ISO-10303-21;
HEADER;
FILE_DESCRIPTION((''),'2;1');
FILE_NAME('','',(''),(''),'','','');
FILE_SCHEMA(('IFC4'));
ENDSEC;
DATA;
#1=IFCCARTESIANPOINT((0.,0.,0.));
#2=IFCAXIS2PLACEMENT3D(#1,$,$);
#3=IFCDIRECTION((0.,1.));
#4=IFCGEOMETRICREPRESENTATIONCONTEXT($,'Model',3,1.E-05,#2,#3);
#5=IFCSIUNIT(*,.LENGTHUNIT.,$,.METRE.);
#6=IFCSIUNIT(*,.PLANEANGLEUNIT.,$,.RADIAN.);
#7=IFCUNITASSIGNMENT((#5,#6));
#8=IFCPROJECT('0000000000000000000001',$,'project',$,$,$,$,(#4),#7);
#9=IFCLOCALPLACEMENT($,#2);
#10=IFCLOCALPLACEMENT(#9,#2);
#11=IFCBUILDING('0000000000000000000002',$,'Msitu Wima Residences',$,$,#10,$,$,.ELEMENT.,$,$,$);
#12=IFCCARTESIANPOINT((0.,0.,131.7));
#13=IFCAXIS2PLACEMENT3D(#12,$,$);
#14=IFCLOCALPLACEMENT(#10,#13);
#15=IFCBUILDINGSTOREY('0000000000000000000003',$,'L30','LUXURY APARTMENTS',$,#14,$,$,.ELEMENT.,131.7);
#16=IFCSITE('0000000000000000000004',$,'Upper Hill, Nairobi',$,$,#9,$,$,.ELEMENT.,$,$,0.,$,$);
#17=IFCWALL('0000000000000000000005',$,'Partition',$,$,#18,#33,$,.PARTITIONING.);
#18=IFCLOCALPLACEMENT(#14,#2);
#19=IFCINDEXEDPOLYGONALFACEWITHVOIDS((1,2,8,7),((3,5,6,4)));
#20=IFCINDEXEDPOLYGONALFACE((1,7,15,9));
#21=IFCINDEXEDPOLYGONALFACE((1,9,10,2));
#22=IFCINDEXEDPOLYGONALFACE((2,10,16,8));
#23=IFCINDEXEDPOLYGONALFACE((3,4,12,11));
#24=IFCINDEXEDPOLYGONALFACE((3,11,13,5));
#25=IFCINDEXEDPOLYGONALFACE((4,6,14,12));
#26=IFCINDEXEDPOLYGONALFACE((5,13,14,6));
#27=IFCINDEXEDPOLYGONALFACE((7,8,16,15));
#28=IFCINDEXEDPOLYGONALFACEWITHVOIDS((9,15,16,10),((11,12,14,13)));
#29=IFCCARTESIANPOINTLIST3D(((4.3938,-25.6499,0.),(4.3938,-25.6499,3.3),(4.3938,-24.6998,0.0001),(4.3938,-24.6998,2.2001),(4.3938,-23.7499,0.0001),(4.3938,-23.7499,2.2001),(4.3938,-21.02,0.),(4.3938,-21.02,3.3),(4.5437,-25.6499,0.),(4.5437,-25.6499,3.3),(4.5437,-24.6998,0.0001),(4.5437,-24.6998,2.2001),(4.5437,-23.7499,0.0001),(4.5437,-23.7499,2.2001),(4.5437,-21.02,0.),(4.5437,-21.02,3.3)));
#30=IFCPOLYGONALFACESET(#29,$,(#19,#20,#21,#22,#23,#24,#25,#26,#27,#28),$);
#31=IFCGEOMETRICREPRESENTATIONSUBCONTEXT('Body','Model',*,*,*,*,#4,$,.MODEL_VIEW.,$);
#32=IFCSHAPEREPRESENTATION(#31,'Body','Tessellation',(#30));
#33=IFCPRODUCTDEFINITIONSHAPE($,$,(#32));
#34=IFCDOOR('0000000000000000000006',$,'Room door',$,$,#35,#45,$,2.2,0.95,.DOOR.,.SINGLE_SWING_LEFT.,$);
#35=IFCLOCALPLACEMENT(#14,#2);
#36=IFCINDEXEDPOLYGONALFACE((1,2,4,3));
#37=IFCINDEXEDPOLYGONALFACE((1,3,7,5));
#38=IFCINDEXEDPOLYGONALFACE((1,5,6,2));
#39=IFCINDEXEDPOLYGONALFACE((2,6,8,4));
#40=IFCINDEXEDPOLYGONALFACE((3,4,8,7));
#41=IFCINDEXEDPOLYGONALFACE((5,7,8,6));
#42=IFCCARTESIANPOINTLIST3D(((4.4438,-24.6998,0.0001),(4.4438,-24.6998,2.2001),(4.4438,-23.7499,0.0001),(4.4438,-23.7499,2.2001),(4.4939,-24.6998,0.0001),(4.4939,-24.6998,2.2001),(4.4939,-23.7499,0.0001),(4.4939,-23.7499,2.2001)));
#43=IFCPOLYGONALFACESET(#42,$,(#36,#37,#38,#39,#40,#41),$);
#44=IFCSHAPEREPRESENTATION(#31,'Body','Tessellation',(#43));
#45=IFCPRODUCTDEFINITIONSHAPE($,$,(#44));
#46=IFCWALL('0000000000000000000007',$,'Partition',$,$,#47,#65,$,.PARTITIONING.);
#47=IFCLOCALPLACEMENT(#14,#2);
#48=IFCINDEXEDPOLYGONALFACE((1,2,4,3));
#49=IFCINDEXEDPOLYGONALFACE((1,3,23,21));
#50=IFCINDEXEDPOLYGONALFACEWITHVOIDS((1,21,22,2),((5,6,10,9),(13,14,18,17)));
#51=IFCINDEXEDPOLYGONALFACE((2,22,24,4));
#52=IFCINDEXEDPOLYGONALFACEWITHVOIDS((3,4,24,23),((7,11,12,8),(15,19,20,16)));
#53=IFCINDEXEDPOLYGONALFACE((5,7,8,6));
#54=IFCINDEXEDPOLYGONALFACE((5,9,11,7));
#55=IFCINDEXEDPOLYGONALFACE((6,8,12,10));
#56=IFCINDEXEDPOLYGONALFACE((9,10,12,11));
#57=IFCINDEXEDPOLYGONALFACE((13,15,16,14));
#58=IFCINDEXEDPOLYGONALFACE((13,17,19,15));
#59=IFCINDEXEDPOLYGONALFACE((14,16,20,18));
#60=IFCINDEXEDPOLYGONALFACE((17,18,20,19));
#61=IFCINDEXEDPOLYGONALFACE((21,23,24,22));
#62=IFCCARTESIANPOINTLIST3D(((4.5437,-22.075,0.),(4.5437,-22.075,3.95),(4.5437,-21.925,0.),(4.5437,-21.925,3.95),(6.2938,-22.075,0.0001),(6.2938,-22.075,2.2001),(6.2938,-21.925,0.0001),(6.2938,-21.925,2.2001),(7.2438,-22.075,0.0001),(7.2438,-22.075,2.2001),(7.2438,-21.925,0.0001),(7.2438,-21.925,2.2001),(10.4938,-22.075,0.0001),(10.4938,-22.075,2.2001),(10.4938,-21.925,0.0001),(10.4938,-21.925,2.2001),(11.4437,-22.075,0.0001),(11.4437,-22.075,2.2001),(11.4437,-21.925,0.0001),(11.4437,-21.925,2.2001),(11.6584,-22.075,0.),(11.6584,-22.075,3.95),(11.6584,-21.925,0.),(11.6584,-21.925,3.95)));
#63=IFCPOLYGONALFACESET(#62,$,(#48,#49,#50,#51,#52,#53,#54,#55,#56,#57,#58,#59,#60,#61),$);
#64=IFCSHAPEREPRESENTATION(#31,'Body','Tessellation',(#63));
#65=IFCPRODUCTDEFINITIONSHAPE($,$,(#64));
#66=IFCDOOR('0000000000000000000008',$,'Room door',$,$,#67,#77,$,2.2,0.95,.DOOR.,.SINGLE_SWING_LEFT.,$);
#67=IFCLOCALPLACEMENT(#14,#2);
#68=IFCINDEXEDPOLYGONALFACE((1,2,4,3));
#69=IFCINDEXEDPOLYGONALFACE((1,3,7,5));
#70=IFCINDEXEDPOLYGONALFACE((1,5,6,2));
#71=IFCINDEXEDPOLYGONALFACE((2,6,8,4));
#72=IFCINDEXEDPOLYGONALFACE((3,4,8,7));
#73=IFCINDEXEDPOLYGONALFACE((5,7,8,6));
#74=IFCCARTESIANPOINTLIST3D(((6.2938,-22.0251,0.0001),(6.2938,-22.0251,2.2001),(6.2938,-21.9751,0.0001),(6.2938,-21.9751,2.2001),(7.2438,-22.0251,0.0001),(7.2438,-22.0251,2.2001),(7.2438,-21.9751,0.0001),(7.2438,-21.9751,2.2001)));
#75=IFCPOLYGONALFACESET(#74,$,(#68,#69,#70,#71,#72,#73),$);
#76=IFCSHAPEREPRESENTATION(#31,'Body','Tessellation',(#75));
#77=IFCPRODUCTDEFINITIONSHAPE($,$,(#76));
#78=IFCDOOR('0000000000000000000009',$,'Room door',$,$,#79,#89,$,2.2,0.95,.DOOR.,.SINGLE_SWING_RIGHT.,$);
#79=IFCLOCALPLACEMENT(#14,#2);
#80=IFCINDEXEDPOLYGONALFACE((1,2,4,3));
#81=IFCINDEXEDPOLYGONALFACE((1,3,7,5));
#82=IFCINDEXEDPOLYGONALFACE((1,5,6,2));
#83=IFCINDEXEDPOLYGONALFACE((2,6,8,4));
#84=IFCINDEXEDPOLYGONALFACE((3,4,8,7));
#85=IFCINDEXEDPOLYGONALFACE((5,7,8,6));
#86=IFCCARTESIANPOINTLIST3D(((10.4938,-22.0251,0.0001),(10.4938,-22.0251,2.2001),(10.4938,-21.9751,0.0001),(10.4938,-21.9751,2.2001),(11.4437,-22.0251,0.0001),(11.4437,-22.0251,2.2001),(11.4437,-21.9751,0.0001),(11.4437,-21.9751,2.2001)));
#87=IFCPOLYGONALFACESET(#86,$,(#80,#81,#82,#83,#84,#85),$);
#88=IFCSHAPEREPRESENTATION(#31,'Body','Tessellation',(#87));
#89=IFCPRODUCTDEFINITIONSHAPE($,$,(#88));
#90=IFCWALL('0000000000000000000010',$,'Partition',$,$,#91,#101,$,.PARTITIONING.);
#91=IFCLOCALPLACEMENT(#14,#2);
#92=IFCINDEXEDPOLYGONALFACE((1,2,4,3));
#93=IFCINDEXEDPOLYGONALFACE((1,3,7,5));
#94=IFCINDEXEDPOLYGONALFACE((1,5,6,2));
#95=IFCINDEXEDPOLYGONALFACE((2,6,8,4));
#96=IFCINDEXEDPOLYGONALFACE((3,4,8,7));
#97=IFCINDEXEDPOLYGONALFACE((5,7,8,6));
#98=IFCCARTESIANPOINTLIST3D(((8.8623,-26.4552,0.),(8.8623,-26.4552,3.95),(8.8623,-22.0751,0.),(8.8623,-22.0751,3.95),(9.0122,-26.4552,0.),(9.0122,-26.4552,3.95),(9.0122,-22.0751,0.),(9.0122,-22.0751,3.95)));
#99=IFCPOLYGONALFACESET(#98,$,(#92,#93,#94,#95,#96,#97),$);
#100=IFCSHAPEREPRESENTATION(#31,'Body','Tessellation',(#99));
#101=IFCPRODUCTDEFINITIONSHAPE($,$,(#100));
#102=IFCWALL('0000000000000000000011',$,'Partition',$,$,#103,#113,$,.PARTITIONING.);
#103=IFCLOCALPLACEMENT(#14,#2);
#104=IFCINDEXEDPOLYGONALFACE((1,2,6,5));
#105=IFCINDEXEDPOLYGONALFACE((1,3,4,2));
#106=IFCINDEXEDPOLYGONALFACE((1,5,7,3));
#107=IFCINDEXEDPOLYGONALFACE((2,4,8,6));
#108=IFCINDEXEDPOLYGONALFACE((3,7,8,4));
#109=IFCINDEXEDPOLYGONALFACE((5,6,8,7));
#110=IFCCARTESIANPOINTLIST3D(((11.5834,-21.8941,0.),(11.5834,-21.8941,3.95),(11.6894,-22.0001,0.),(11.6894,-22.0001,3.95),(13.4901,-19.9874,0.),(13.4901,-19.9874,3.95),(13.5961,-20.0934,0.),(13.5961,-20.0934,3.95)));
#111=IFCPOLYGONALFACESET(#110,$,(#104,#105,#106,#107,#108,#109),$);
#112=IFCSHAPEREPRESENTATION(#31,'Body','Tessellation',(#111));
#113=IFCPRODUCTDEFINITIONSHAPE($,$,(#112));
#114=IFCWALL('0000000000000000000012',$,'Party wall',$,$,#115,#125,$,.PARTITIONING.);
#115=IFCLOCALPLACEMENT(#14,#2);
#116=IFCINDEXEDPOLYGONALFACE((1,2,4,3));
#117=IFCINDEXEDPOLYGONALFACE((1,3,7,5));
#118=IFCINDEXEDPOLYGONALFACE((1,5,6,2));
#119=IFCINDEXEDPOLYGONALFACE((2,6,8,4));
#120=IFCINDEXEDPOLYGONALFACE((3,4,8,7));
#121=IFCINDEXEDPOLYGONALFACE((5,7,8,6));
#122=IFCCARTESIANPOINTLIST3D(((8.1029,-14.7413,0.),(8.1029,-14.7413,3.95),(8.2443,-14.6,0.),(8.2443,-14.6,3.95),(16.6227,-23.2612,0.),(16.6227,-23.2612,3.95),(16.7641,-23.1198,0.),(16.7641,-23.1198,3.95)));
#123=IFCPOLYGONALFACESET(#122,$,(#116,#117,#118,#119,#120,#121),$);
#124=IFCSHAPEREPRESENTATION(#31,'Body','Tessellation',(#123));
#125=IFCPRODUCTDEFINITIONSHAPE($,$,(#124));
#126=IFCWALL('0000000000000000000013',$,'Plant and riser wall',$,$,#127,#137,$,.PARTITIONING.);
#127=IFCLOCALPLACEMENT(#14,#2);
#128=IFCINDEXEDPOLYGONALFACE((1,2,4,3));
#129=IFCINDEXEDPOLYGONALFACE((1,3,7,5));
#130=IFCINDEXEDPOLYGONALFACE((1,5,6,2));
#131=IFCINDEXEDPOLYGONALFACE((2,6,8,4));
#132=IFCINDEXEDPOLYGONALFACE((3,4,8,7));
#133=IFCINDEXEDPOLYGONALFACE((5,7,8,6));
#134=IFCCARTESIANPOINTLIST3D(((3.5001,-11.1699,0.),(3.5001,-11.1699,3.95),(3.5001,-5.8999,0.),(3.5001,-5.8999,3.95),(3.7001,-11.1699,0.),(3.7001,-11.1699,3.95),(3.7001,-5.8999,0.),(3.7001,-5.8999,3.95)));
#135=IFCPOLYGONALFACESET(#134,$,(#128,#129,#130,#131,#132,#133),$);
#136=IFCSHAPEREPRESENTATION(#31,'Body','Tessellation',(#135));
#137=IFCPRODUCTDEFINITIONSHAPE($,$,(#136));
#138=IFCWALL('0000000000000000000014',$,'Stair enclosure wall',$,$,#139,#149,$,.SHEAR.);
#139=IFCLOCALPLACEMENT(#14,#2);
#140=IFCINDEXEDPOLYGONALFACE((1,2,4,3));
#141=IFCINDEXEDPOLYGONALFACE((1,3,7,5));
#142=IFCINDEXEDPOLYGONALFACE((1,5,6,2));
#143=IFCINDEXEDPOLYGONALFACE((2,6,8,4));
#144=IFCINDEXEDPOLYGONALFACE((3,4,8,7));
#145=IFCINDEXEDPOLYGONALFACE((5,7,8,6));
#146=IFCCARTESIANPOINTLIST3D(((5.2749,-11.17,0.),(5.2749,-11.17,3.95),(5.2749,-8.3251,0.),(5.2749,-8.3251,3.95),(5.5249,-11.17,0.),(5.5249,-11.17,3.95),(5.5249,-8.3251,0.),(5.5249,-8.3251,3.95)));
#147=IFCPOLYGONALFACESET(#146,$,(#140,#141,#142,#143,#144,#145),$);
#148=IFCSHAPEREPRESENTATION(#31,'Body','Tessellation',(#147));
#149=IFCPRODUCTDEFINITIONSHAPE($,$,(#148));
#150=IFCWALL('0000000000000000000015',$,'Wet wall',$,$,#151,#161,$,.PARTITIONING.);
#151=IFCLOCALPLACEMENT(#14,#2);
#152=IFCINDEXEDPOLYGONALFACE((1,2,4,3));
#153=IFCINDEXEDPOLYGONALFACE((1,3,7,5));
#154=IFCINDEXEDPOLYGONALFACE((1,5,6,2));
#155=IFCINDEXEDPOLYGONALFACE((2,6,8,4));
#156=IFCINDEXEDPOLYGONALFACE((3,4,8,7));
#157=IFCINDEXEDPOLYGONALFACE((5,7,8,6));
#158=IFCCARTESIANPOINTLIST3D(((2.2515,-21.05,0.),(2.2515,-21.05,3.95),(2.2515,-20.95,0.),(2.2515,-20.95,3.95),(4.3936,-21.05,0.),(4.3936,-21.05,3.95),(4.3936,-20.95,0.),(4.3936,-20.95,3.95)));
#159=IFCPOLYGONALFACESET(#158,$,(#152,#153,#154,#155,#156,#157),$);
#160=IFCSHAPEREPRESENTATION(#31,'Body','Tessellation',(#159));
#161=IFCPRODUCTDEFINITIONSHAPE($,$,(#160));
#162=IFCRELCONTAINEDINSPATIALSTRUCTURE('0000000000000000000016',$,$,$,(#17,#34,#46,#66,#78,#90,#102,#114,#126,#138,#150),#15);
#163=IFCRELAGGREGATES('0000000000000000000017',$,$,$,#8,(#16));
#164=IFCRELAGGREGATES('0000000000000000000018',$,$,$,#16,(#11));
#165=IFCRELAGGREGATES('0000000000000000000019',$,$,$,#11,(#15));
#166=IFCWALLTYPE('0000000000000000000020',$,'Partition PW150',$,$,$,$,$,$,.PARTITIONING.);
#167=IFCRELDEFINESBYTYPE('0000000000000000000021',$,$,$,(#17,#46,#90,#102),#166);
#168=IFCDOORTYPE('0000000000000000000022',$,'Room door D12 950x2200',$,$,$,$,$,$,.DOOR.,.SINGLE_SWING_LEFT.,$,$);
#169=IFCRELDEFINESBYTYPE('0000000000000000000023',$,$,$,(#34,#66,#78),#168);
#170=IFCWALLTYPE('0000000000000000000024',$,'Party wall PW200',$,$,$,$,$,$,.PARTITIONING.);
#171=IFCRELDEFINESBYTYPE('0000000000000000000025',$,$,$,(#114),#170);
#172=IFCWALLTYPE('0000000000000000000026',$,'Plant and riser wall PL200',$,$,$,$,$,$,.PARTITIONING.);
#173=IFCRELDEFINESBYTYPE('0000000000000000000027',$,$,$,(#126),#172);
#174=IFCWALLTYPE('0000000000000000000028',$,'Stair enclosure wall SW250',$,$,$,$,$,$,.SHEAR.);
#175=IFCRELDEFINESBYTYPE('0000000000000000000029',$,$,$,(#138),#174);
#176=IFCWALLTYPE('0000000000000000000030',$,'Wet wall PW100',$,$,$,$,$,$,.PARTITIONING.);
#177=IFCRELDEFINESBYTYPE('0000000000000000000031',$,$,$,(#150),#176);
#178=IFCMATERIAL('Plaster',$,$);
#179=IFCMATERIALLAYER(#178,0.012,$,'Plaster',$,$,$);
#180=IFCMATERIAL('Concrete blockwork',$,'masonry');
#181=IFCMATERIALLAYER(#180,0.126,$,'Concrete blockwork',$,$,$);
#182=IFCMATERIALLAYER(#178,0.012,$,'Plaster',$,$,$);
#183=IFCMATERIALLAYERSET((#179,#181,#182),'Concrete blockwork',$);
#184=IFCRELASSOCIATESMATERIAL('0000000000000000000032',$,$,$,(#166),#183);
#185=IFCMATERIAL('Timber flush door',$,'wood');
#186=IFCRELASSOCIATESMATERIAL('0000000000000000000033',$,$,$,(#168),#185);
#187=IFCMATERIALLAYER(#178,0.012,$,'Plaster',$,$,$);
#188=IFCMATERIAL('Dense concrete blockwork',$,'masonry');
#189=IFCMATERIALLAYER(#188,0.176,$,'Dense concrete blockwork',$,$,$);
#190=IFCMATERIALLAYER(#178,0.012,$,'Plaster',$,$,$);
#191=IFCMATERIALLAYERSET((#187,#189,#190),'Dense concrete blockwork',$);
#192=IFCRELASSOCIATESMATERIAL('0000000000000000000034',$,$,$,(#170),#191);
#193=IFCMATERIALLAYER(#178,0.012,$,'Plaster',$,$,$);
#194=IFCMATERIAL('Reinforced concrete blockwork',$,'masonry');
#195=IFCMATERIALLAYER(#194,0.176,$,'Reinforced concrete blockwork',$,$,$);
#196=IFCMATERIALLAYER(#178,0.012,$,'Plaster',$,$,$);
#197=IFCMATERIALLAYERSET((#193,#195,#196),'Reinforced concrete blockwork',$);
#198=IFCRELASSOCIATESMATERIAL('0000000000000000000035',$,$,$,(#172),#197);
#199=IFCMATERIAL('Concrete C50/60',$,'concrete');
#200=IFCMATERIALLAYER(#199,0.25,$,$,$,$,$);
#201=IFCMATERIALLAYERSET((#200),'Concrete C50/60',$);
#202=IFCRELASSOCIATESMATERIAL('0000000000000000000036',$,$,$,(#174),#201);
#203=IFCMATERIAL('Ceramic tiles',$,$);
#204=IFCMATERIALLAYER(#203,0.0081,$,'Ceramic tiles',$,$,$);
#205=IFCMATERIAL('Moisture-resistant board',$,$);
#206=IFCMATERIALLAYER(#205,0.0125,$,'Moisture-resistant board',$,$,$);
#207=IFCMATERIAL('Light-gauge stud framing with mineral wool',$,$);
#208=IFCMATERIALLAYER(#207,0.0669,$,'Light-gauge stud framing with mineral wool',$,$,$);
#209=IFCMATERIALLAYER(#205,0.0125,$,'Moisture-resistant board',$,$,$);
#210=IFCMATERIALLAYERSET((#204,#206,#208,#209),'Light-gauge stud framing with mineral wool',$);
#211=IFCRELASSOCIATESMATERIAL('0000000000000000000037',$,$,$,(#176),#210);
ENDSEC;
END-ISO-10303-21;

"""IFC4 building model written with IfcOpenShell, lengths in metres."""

from ifc_helpers import new_model, si_unit, direction, frame, frame_2d, origin, place, context, subcontext, project, spatial, rectangle, extrude, material, layer, layer_set, type_object, element, fill, save


model = new_model("IFC4")

# Units and contexts
model_context = context("Model", 3, precision=1e-05, world=origin(), true_north=direction((0.0, 1.0)))
body_context = subcontext(model_context, "Body", "Model", "MODEL_VIEW")
ifc_project = project(units=[si_unit("LENGTHUNIT", "METRE"), si_unit("PLANEANGLEUNIT", "RADIAN")], contexts=[model_context])

# Site, building, storey
site_placement = place(None, origin())
site = spatial("IfcSite", under=ifc_project, at=site_placement, Name="Upper Hill, Nairobi", CompositionType="ELEMENT", RefElevation=0.0)
building_placement = place(site_placement, origin())
building = spatial("IfcBuilding", under=site, at=building_placement, Name="Msitu Wima Residences", CompositionType="ELEMENT")
storey_placement = place(building_placement, frame((0.0, 0.0, 131.7)))
storey = spatial("IfcBuildingStorey", under=building, at=storey_placement, Name="L30", Description="LUXURY APARTMENTS", CompositionType="ELEMENT", Elevation=131.7)

# Shared definitions
ifc_material_1 = material(Name="Concrete C50/60", Category="concrete")

# Wall, opening, door
ifc_material_2 = material(Name="Plaster")
ifc_layer_1 = layer(ifc_material_2, 0.012, Name="Plaster")
ifc_material_3 = material(Name="Concrete blockwork", Category="masonry")
ifc_layer_2 = layer(ifc_material_3, 0.126, Name="Concrete blockwork")
ifc_layer_3 = layer(ifc_material_2, 0.012, Name="Plaster")
ifc_layer_set_1 = layer_set([ifc_layer_1, ifc_layer_2, ifc_layer_3], Name="Concrete blockwork")
wall_type_1 = type_object("IfcWallType", Name="Partition PW150", PredefinedType="PARTITIONING", material=ifc_layer_set_1)
wall_1_placement = place(storey_placement, frame((4.4688, -25.6499, 0.0), z_axis=(0.0, 0.0, 1.0), x_axis=(0.0, 1.0, 0.0)))
wall_1 = element("IfcWall", 1, at=wall_1_placement, inside=storey, type_object=wall_type_1, Name="Partition", PredefinedType="PARTITIONING", context=body_context, shape_type="SweptSolid", body=[
    extrude(rectangle(XDim=4.6299, YDim=0.1499, at=frame_2d((2.3149, 0.0))), origin(), (0.0, 0.0, 1.0), 3.3),
])
opening_1_placement = place(wall_1_placement, frame((0.95, 0.0, 0.0)))
opening_1 = element("IfcOpeningElement", 2, at=opening_1_placement, cuts=wall_1, PredefinedType="OPENING", context=body_context, shape_type="SweptSolid", body=[
    extrude(rectangle(XDim=0.95, YDim=2.2, at=frame_2d((0.4751, 1.1001))), frame((0.0, 0.085, 0.0), z_axis=(0.0, -1.0, 0.0), x_axis=(1.0, 0.0, 0.0)), (0.0, 0.0, 1.0), 0.1699),
])
ifc_material_4 = material(Name="Timber flush door", Category="wood")
door_type_1 = type_object("IfcDoorType", Name="Room door D12 950x2200", OperationType="SINGLE_SWING_LEFT", PredefinedType="DOOR", material=ifc_material_4)
door_1_placement = place(opening_1_placement, origin())
door_1 = element("IfcDoor", 3, at=door_1_placement, inside=storey, type_object=door_type_1, Name="Room door", OperationType="SINGLE_SWING_LEFT", OverallHeight=2.2, OverallWidth=0.95, PredefinedType="DOOR", context=body_context, shape_type="SweptSolid", body=[
    extrude(rectangle(XDim=0.95, YDim=2.2, at=frame_2d((0.4751, 1.1001))), frame((0.0, 0.0249, 0.0), z_axis=(0.0, -1.0, 0.0), x_axis=(1.0, 0.0, 0.0)), (0.0, 0.0, 1.0), 0.05),
])
fill(opening_1, door_1)

# Wall, openings, doors
wall_2_placement = place(storey_placement, frame((4.5437, -22.0, 0.0), z_axis=(0.0, 0.0, 1.0), x_axis=(1.0, 0.0, 0.0)))
wall_2 = element("IfcWall", 4, at=wall_2_placement, inside=storey, type_object=wall_type_1, Name="Partition", PredefinedType="PARTITIONING", context=body_context, shape_type="SweptSolid", body=[
    extrude(rectangle(XDim=7.1147, YDim=0.1499, at=frame_2d((3.5574, 0.0))), origin(), (0.0, 0.0, 1.0), 3.95),
])
opening_2_placement = place(wall_2_placement, frame((1.75, 0.0, 0.0)))
opening_2 = element("IfcOpeningElement", 5, at=opening_2_placement, cuts=wall_2, PredefinedType="OPENING", context=body_context, shape_type="SweptSolid", body=[
    extrude(rectangle(XDim=0.95, YDim=2.2, at=frame_2d((0.4751, 1.1001))), frame((0.0, 0.085, 0.0), z_axis=(0.0, -1.0, 0.0), x_axis=(1.0, 0.0, 0.0)), (0.0, 0.0, 1.0), 0.1699),
])
opening_3_placement = place(wall_2_placement, frame((5.95, 0.0, 0.0)))
opening_3 = element("IfcOpeningElement", 6, at=opening_3_placement, cuts=wall_2, PredefinedType="OPENING", context=body_context, shape_type="SweptSolid", body=[
    extrude(rectangle(XDim=0.95, YDim=2.2, at=frame_2d((0.4751, 1.1001))), frame((0.0, 0.085, 0.0), z_axis=(0.0, -1.0, 0.0), x_axis=(1.0, 0.0, 0.0)), (0.0, 0.0, 1.0), 0.1699),
])
door_2_placement = place(opening_2_placement, origin())
door_2 = element("IfcDoor", 7, at=door_2_placement, inside=storey, type_object=door_type_1, Name="Room door", OperationType="SINGLE_SWING_LEFT", OverallHeight=2.2, OverallWidth=0.95, PredefinedType="DOOR", context=body_context, shape_type="SweptSolid", body=[
    extrude(rectangle(XDim=0.95, YDim=2.2, at=frame_2d((0.4751, 1.1001))), frame((0.0, 0.0249, 0.0), z_axis=(0.0, -1.0, 0.0), x_axis=(1.0, 0.0, 0.0)), (0.0, 0.0, 1.0), 0.05),
])
fill(opening_2, door_2)
door_3_placement = place(opening_3_placement, origin())
door_3 = element("IfcDoor", 8, at=door_3_placement, inside=storey, type_object=door_type_1, Name="Room door", OperationType="SINGLE_SWING_RIGHT", OverallHeight=2.2, OverallWidth=0.95, PredefinedType="DOOR", context=body_context, shape_type="SweptSolid", body=[
    extrude(rectangle(XDim=0.95, YDim=2.2, at=frame_2d((0.4751, 1.1001))), frame((0.0, 0.0249, 0.0), z_axis=(0.0, -1.0, 0.0), x_axis=(1.0, 0.0, 0.0)), (0.0, 0.0, 1.0), 0.05),
])
fill(opening_3, door_3)

# Walls
wall_3_placement = place(storey_placement, frame((8.9373, -26.4551, 0.0), z_axis=(0.0, 0.0, 1.0), x_axis=(0.0, 1.0, 0.0)))
element("IfcWall", 9, at=wall_3_placement, inside=storey, type_object=wall_type_1, Name="Partition", PredefinedType="PARTITIONING", context=body_context, shape_type="SweptSolid", body=[
    extrude(rectangle(XDim=4.3801, YDim=0.1499, at=frame_2d((2.1899, 0.0))), origin(), (0.0, 0.0, 1.0), 3.95),
])
wall_4_placement = place(storey_placement, frame((11.6365, -21.947, 0.0), z_axis=(0.0, 0.0, 1.0), x_axis=(0.707107, 0.707107, 0.0)))
element("IfcWall", 10, at=wall_4_placement, inside=storey, type_object=wall_type_1, Name="Partition", PredefinedType="PARTITIONING", context=body_context, shape_type="SweptSolid", body=[
    extrude(rectangle(XDim=2.6965, YDim=0.1499, at=frame_2d((1.3481, 0.0))), origin(), (0.0, 0.0, 1.0), 3.95),
])
ifc_layer_4 = layer(ifc_material_2, 0.012, Name="Plaster")
ifc_material_5 = material(Name="Dense concrete blockwork", Category="masonry")
ifc_layer_5 = layer(ifc_material_5, 0.176, Name="Dense concrete blockwork")
ifc_layer_6 = layer(ifc_material_2, 0.012, Name="Plaster")
ifc_layer_set_2 = layer_set([ifc_layer_4, ifc_layer_5, ifc_layer_6], Name="Dense concrete blockwork")
wall_type_2 = type_object("IfcWallType", Name="Party wall PW200", PredefinedType="PARTITIONING", material=ifc_layer_set_2)
wall_5_placement = place(storey_placement, frame((8.1736, -14.6707, 0.0), z_axis=(0.0, 0.0, 1.0), x_axis=(0.707107, -0.707107, 0.0)))
element("IfcWall", 11, at=wall_5_placement, inside=storey, type_object=wall_type_2, Name="Party wall", PredefinedType="PARTITIONING", context=body_context, shape_type="SweptSolid", body=[
    extrude(rectangle(XDim=12.0488, YDim=0.2, at=frame_2d((6.0244, 0.0))), origin(), (0.0, 0.0, 1.0), 3.95),
])
ifc_layer_7 = layer(ifc_material_2, 0.012, Name="Plaster")
ifc_material_6 = material(Name="Reinforced concrete blockwork", Category="masonry")
ifc_layer_8 = layer(ifc_material_6, 0.176, Name="Reinforced concrete blockwork")
ifc_layer_9 = layer(ifc_material_2, 0.012, Name="Plaster")
ifc_layer_set_3 = layer_set([ifc_layer_7, ifc_layer_8, ifc_layer_9], Name="Reinforced concrete blockwork")
wall_type_3 = type_object("IfcWallType", Name="Plant and riser wall PL200", PredefinedType="PARTITIONING", material=ifc_layer_set_3)
wall_6_placement = place(storey_placement, frame((3.6001, -11.1699, 0.0), z_axis=(0.0, 0.0, 1.0), x_axis=(0.0, 1.0, 0.0)))
element("IfcWall", 12, at=wall_6_placement, inside=storey, type_object=wall_type_3, Name="Plant and riser wall", PredefinedType="PARTITIONING", context=body_context, shape_type="SweptSolid", body=[
    extrude(rectangle(XDim=5.27, YDim=0.2, at=frame_2d((2.635, 0.0))), origin(), (0.0, 0.0, 1.0), 3.95),
])
ifc_layer_10 = layer(ifc_material_1, 0.25)
ifc_layer_set_4 = layer_set([ifc_layer_10], Name="Concrete C50/60")
wall_type_4 = type_object("IfcWallType", Name="Stair enclosure wall SW250", PredefinedType="SHEAR", material=ifc_layer_set_4)
wall_7_placement = place(storey_placement, frame((5.3999, -11.1699, 0.0), z_axis=(0.0, 0.0, 1.0), x_axis=(0.0, 1.0, 0.0)))
element("IfcWall", 13, at=wall_7_placement, inside=storey, type_object=wall_type_4, Name="Stair enclosure wall", PredefinedType="SHEAR", context=body_context, shape_type="SweptSolid", body=[
    extrude(rectangle(XDim=2.845, YDim=0.25, at=frame_2d((1.4224, 0.0))), origin(), (0.0, 0.0, 1.0), 3.95),
])
ifc_material_7 = material(Name="Ceramic tiles")
ifc_layer_11 = layer(ifc_material_7, 0.0081, Name="Ceramic tiles")
ifc_material_8 = material(Name="Moisture-resistant board")
ifc_layer_12 = layer(ifc_material_8, 0.0125, Name="Moisture-resistant board")
ifc_material_9 = material(Name="Light-gauge stud framing with mineral wool")
ifc_layer_13 = layer(ifc_material_9, 0.0669, Name="Light-gauge stud framing with mineral wool")
ifc_layer_14 = layer(ifc_material_8, 0.0125, Name="Moisture-resistant board")
ifc_layer_set_5 = layer_set([ifc_layer_11, ifc_layer_12, ifc_layer_13, ifc_layer_14], Name="Light-gauge stud framing with mineral wool")
wall_type_5 = type_object("IfcWallType", Name="Wet wall PW100", PredefinedType="PARTITIONING", material=ifc_layer_set_5)
wall_8_placement = place(storey_placement, frame((2.2515, -21.0, 0.0), z_axis=(0.0, 0.0, 1.0), x_axis=(1.0, 0.0, 0.0)))
element("IfcWall", 14, at=wall_8_placement, inside=storey, type_object=wall_type_5, Name="Wet wall", PredefinedType="PARTITIONING", context=body_context, shape_type="SweptSolid", body=[
    extrude(rectangle(XDim=2.1421, YDim=0.1001, at=frame_2d((1.071, 0.0))), origin(), (0.0, 0.0, 1.0), 3.95),
])

save(model, "model.ifc")
